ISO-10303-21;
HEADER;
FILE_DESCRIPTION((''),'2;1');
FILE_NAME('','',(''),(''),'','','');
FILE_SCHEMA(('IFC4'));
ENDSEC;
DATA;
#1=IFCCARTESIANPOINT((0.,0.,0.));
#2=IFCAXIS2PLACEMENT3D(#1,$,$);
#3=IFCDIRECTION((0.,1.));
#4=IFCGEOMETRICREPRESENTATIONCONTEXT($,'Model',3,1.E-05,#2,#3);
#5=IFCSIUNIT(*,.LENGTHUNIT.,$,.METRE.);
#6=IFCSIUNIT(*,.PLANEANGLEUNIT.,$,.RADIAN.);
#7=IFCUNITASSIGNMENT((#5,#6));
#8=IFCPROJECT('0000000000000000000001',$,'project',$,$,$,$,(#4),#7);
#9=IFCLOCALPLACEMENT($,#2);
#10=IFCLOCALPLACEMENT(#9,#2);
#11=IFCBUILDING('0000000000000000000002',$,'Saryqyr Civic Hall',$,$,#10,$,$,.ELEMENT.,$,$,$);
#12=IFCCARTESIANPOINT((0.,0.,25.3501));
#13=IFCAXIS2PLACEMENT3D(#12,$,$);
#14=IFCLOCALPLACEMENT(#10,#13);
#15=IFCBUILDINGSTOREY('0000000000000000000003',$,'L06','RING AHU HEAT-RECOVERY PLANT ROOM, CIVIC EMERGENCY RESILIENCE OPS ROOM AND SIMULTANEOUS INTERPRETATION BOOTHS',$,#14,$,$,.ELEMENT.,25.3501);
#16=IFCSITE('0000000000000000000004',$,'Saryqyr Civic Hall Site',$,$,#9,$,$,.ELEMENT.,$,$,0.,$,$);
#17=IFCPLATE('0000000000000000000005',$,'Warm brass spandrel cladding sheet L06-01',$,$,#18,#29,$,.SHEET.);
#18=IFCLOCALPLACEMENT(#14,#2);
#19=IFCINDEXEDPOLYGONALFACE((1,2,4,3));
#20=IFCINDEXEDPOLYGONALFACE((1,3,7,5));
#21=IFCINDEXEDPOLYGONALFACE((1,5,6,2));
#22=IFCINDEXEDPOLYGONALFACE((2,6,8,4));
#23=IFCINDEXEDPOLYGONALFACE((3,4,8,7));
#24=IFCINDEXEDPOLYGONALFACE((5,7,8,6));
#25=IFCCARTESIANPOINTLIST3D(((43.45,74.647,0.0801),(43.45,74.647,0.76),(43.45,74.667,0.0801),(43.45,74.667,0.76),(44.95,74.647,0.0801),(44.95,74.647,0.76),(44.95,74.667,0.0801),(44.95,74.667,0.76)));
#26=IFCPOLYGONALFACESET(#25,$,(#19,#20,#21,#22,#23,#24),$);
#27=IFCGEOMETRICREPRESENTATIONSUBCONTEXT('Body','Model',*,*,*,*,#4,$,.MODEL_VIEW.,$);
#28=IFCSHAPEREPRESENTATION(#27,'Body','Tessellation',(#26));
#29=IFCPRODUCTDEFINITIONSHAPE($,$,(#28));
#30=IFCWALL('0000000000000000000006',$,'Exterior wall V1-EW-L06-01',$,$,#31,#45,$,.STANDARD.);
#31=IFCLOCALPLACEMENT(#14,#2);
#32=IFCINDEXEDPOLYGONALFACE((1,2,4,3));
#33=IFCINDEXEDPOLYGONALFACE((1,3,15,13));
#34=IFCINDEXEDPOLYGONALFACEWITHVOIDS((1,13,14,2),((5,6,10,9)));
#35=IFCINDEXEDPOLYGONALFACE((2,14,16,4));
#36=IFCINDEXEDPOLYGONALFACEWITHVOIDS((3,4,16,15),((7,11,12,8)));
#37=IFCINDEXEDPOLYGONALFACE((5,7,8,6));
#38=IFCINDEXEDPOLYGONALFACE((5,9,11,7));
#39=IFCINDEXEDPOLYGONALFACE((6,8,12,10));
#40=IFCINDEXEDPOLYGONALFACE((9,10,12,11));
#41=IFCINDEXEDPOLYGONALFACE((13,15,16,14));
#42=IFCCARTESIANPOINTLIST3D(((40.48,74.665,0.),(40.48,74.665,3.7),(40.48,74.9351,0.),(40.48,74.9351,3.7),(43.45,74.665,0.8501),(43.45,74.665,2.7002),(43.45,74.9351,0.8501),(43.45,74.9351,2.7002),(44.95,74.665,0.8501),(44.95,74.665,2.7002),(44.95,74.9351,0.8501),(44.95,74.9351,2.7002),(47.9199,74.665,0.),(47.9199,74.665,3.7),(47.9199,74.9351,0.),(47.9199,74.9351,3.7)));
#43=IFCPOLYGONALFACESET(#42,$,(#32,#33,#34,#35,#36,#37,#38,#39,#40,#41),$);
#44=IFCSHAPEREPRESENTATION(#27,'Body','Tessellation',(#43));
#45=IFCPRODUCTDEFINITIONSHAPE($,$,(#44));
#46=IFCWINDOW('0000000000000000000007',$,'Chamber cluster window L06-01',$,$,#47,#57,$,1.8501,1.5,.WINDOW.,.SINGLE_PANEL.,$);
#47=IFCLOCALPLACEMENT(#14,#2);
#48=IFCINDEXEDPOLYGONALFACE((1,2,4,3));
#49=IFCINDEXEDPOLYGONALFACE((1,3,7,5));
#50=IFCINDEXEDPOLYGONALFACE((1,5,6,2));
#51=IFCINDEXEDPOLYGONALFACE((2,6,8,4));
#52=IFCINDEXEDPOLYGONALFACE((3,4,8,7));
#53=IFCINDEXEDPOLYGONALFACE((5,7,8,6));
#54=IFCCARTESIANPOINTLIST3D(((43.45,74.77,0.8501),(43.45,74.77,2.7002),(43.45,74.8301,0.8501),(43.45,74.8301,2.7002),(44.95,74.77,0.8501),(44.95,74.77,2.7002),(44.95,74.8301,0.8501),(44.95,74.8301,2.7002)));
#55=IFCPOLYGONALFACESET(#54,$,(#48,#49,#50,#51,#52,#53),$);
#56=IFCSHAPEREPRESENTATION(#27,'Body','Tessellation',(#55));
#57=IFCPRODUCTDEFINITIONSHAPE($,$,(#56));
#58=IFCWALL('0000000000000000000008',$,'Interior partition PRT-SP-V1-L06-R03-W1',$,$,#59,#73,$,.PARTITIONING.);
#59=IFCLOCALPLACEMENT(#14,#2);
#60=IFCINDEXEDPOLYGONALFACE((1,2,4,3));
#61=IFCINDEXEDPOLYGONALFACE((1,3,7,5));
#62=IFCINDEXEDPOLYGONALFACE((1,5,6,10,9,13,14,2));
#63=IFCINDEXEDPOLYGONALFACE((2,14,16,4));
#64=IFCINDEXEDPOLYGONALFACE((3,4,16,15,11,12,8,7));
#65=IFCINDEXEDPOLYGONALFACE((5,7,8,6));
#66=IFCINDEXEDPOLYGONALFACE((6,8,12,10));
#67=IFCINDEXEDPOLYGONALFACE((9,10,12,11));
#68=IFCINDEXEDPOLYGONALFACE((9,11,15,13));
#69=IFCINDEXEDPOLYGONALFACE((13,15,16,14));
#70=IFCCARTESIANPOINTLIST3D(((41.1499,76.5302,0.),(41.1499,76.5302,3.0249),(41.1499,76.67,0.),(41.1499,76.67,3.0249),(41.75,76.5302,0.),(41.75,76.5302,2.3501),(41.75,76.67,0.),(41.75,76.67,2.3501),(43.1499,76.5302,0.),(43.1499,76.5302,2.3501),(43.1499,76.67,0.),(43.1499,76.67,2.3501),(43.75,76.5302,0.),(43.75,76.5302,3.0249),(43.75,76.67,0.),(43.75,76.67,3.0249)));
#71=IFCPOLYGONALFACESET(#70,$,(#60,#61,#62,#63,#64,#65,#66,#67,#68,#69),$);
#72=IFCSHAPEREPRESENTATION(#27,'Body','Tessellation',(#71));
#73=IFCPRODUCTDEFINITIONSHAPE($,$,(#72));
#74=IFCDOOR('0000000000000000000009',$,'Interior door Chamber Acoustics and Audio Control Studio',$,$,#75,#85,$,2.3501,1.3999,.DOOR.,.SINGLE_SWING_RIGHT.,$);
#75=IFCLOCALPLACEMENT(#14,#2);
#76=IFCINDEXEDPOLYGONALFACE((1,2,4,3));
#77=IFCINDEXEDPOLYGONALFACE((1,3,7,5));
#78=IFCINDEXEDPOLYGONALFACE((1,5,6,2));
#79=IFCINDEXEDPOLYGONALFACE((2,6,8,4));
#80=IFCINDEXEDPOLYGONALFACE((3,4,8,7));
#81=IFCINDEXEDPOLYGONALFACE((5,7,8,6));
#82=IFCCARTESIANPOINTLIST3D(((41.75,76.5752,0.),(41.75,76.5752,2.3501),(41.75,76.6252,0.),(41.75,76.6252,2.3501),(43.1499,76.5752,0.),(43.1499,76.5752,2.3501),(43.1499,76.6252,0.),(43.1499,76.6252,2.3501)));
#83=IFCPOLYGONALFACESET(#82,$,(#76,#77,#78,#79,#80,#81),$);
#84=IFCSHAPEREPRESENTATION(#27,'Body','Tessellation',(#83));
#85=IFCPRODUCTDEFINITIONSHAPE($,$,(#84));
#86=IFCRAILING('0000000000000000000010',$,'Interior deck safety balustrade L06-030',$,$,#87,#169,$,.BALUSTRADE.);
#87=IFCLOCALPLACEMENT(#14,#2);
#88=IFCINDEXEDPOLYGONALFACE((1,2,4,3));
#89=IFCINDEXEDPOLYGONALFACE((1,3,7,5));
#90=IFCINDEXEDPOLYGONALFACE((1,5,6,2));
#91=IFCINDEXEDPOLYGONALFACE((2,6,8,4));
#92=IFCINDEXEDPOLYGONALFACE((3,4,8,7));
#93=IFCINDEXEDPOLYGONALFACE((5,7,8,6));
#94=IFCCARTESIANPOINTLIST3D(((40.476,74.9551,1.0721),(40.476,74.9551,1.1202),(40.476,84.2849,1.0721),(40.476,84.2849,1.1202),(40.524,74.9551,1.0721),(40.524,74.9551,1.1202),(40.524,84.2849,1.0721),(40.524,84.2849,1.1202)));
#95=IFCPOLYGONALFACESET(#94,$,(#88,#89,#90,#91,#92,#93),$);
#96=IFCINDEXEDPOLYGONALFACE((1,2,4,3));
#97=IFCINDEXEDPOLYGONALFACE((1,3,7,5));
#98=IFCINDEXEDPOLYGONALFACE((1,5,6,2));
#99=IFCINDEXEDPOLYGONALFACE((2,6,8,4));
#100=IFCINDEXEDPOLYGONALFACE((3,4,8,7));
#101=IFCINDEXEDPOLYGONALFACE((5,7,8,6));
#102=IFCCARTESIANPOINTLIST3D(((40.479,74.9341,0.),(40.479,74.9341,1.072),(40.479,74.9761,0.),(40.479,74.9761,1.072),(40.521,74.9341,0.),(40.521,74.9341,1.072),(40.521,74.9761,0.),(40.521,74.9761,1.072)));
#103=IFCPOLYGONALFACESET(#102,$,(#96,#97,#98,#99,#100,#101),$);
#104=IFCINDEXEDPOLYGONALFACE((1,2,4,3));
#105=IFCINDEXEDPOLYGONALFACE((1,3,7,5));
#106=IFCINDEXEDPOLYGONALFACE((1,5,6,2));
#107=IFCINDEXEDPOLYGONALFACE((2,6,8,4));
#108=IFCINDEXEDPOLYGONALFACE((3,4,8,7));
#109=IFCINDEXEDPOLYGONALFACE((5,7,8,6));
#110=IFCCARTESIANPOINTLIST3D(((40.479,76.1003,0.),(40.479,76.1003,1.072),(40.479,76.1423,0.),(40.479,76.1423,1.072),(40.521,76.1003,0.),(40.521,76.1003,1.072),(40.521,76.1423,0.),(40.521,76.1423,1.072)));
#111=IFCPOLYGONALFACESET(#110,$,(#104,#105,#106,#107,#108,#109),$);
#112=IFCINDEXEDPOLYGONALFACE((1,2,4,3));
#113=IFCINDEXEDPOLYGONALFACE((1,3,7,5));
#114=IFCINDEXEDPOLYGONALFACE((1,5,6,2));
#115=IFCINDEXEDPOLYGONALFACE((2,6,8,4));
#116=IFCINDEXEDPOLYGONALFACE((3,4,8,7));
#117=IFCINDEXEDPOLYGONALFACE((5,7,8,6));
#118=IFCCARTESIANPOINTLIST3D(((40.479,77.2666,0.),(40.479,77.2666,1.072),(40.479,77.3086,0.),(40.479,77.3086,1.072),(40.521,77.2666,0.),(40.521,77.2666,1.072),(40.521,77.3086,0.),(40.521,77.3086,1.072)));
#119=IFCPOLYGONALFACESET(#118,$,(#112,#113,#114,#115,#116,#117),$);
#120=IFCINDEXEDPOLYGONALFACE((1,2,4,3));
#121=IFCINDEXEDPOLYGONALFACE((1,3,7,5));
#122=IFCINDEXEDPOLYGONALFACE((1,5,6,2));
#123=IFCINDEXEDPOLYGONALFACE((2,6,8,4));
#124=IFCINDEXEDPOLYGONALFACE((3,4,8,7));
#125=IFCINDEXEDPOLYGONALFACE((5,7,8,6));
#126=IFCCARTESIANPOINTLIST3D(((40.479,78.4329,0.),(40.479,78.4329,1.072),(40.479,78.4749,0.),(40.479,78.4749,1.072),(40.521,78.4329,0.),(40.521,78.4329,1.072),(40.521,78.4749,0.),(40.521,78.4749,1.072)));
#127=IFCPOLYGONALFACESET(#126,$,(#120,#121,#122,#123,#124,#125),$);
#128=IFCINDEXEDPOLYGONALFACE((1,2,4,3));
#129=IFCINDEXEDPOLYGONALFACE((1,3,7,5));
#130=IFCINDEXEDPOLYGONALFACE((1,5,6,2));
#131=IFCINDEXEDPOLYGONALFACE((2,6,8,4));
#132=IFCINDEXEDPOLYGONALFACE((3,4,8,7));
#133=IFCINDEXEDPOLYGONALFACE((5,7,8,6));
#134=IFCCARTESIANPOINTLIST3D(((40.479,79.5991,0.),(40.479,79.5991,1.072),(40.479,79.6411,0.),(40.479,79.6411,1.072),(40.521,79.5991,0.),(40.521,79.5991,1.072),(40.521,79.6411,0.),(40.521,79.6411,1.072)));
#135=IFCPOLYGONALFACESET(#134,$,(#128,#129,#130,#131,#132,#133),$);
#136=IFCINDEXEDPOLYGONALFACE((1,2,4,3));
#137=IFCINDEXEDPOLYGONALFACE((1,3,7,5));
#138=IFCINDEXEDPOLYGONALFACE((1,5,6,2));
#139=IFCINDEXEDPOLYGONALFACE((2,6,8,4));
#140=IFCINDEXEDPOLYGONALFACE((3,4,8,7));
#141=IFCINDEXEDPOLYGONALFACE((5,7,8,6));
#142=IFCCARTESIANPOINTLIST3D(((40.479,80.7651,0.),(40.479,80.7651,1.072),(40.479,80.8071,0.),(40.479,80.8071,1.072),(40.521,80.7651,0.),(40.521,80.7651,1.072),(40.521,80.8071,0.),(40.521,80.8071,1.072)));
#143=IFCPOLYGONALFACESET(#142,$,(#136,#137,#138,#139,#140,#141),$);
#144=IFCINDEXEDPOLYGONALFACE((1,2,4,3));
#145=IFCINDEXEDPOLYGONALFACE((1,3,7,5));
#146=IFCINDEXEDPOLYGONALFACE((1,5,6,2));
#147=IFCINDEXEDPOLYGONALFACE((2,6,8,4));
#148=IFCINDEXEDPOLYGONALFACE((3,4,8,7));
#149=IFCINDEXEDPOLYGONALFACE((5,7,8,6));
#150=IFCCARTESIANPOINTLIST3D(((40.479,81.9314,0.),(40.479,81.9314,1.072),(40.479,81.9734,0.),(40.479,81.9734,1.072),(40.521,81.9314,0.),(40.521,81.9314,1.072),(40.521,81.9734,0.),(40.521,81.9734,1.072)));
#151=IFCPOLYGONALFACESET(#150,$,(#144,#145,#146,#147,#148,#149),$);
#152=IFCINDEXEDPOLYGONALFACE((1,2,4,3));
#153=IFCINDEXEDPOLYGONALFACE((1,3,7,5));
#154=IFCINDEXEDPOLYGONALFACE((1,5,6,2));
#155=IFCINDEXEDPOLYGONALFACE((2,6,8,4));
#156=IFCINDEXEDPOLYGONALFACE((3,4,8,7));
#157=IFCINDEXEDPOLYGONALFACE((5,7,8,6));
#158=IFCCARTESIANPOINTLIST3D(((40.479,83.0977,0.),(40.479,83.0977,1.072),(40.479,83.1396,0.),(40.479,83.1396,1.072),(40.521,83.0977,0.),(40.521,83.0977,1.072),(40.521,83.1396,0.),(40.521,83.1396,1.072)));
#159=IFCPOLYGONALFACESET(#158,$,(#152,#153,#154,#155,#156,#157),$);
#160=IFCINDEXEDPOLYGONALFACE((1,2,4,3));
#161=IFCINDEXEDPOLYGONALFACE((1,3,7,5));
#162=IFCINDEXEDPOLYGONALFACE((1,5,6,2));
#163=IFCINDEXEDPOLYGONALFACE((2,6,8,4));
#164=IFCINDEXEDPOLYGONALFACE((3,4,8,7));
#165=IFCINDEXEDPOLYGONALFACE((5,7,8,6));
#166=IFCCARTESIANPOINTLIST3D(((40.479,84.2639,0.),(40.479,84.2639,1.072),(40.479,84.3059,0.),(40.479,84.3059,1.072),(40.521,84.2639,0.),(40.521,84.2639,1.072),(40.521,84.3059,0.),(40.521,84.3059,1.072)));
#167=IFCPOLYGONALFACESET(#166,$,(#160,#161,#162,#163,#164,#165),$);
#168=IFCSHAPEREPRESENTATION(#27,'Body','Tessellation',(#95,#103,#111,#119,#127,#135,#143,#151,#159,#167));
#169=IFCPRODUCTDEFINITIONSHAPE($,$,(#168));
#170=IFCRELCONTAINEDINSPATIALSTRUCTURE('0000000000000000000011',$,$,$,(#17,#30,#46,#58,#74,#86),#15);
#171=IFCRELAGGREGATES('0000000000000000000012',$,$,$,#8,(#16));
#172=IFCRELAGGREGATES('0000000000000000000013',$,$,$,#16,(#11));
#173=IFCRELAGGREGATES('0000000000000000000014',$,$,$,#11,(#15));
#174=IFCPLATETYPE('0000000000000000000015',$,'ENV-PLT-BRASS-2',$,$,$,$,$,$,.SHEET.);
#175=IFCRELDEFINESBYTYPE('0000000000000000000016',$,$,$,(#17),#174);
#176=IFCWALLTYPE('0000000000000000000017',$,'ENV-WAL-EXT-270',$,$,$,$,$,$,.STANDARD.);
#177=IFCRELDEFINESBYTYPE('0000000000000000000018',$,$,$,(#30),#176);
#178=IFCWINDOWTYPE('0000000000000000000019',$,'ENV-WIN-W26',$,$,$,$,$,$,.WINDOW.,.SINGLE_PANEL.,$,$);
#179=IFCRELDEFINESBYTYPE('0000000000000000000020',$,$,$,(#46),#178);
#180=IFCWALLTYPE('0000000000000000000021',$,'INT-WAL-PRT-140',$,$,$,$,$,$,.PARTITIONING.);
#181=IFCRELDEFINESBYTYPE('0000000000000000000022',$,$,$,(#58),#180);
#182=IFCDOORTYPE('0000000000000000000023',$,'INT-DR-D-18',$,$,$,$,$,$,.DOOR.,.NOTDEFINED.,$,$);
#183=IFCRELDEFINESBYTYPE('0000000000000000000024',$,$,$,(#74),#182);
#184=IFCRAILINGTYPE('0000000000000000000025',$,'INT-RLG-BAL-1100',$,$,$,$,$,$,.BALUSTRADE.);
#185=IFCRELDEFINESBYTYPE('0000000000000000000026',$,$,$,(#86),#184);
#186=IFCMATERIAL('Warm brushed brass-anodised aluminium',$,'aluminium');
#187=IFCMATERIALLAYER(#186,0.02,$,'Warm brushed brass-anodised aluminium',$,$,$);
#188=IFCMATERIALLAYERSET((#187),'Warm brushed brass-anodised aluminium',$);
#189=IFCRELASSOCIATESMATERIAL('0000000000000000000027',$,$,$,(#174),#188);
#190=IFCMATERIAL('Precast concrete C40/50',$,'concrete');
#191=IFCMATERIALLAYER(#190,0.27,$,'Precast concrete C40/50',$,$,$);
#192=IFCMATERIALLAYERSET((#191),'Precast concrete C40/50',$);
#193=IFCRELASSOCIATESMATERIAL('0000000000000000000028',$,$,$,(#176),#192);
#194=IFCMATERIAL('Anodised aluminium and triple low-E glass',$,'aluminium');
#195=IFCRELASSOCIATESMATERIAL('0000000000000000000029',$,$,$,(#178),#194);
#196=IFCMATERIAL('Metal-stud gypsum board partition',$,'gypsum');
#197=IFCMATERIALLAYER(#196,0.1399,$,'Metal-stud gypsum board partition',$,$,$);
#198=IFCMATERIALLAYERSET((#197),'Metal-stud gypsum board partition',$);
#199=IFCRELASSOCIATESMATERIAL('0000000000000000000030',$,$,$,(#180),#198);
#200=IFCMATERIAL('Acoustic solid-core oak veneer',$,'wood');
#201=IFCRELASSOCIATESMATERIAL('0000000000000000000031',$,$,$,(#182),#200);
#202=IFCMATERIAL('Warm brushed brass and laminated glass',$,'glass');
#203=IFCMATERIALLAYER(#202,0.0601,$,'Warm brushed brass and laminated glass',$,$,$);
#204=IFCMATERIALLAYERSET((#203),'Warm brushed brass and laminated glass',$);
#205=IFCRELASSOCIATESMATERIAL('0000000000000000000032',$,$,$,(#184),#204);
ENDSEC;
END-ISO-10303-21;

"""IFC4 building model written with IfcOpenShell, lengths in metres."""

from ifc_helpers import new_model, si_unit, direction, frame, frame_2d, origin, origin_2d, place, context, subcontext, project, spatial, rectangle, extrude, material, layer, layer_set, type_object, element, fill, save


model = new_model("IFC4")

# Units and contexts
model_context = context("Model", 3, precision=1e-05, world=origin(), true_north=direction((0.0, 1.0)))
body_context = subcontext(model_context, "Body", "Model", "MODEL_VIEW")
ifc_project = project(units=[si_unit("LENGTHUNIT", "METRE"), si_unit("PLANEANGLEUNIT", "RADIAN")], contexts=[model_context])

# Site, building, storey
site_placement = place(None, origin())
site = spatial("IfcSite", under=ifc_project, at=site_placement, Name="Saryqyr Civic Hall Site", CompositionType="ELEMENT", RefElevation=0.0)
building_placement = place(site_placement, origin())
building = spatial("IfcBuilding", under=site, at=building_placement, Name="Saryqyr Civic Hall", CompositionType="ELEMENT")
storey_placement = place(building_placement, frame((0.0, 0.0, 25.3501)))
storey = spatial("IfcBuildingStorey", under=building, at=storey_placement, Name="L06", Description="RING AHU HEAT-RECOVERY PLANT ROOM, CIVIC EMERGENCY RESILIENCE OPS ROOM AND SIMULTANEOUS INTERPRETATION BOOTHS", CompositionType="ELEMENT", Elevation=25.3501)

# Plate
ifc_material_1 = material(Name="Warm brushed brass-anodised aluminium", Category="aluminium")
ifc_layer_1 = layer(ifc_material_1, 0.02, Name="Warm brushed brass-anodised aluminium")
ifc_layer_set_1 = layer_set([ifc_layer_1], Name="Warm brushed brass-anodised aluminium")
plate_type_1 = type_object("IfcPlateType", Name="ENV-PLT-BRASS-2", PredefinedType="SHEET", material=ifc_layer_set_1)
plate_1_placement = place(storey_placement, frame((44.2, 74.657, 0.0801), z_axis=(0.0, 0.0, 1.0), x_axis=(-1.0, 0.0, 0.0)))
element("IfcPlate", 1, at=plate_1_placement, inside=storey, type_object=plate_type_1, Name="Warm brass spandrel cladding sheet L06-01", PredefinedType="SHEET", context=body_context, shape_type="SweptSolid", body=[
    extrude(rectangle(XDim=1.5, YDim=0.02, at=origin_2d()), origin(), (0.0, 0.0, 1.0), 0.6799),
])

# Wall, opening, window
ifc_material_2 = material(Name="Precast concrete C40/50", Category="concrete")
ifc_layer_2 = layer(ifc_material_2, 0.27, Name="Precast concrete C40/50")
ifc_layer_set_2 = layer_set([ifc_layer_2], Name="Precast concrete C40/50")
wall_type_1 = type_object("IfcWallType", Name="ENV-WAL-EXT-270", PredefinedType="STANDARD", material=ifc_layer_set_2)
wall_1_placement = place(storey_placement, frame((47.9199, 74.8, 0.0), z_axis=(0.0, 0.0, 1.0), x_axis=(-1.0, 0.0, 0.0)))
wall_1 = element("IfcWall", 2, at=wall_1_placement, inside=storey, type_object=wall_type_1, Name="Exterior wall V1-EW-L06-01", PredefinedType="STANDARD", context=body_context, shape_type="SweptSolid", body=[
    extrude(rectangle(XDim=7.4399, YDim=0.27, at=frame_2d((3.72, 0.0))), origin(), (0.0, 0.0, 1.0), 3.7),
])
opening_1_placement = place(wall_1_placement, frame((2.97, 0.0, 0.8501)))
opening_1 = element("IfcOpeningElement", 3, at=opening_1_placement, cuts=wall_1, PredefinedType="OPENING", context=body_context, shape_type="SweptSolid", body=[
    extrude(rectangle(XDim=1.5, YDim=1.8501, at=frame_2d((0.75, 0.925))), frame((0.0, 0.145, 0.0), z_axis=(0.0, -1.0, 0.0), x_axis=(1.0, 0.0, 0.0)), (0.0, 0.0, 1.0), 0.29),
])
ifc_material_3 = material(Name="Anodised aluminium and triple low-E glass", Category="aluminium")
window_type = type_object("IfcWindowType", Name="ENV-WIN-W26", PartitioningType="SINGLE_PANEL", PredefinedType="WINDOW", material=ifc_material_3)
window_placement = place(opening_1_placement, origin())
window = element("IfcWindow", 4, at=window_placement, inside=storey, type_object=window_type, Name="Chamber cluster window L06-01", OverallHeight=1.8501, OverallWidth=1.5, PartitioningType="SINGLE_PANEL", PredefinedType="WINDOW", context=body_context, shape_type="SweptSolid", body=[
    extrude(rectangle(XDim=1.5, YDim=1.8501, at=frame_2d((0.75, 0.925))), frame((0.0, 0.03, 0.0), z_axis=(0.0, -1.0, 0.0), x_axis=(1.0, 0.0, 0.0)), (0.0, 0.0, 1.0), 0.0601),
])
fill(opening_1, window)

# Wall, opening, door
ifc_material_4 = material(Name="Metal-stud gypsum board partition", Category="gypsum")
ifc_layer_3 = layer(ifc_material_4, 0.1399, Name="Metal-stud gypsum board partition")
ifc_layer_set_3 = layer_set([ifc_layer_3], Name="Metal-stud gypsum board partition")
wall_type_2 = type_object("IfcWallType", Name="INT-WAL-PRT-140", PredefinedType="PARTITIONING", material=ifc_layer_set_3)
wall_2_placement = place(storey_placement, frame((43.75, 76.6001, 0.0), z_axis=(0.0, 0.0, 1.0), x_axis=(-1.0, 0.0, 0.0)))
wall_2 = element("IfcWall", 5, at=wall_2_placement, inside=storey, type_object=wall_type_2, Name="Interior partition PRT-SP-V1-L06-R03-W1", PredefinedType="PARTITIONING", context=body_context, shape_type="SweptSolid", body=[
    extrude(rectangle(XDim=2.6001, YDim=0.1399, at=frame_2d((1.3, 0.0))), origin(), (0.0, 0.0, 1.0), 3.0249),
])
opening_2_placement = place(wall_2_placement, frame((0.6001, 0.0, 0.0)))
opening_2 = element("IfcOpeningElement", 6, at=opening_2_placement, cuts=wall_2, PredefinedType="OPENING", context=body_context, shape_type="SweptSolid", body=[
    extrude(rectangle(XDim=1.3999, YDim=2.3501, at=frame_2d((0.7, 1.175))), frame((0.0, 0.0798, 0.0), z_axis=(0.0, -1.0, 0.0), x_axis=(1.0, 0.0, 0.0)), (0.0, 0.0, 1.0), 0.1599),
])
ifc_material_5 = material(Name="Acoustic solid-core oak veneer", Category="wood")
door_type = type_object("IfcDoorType", Name="INT-DR-D-18", OperationType="NOTDEFINED", PredefinedType="DOOR", material=ifc_material_5)
door_placement = place(opening_2_placement, origin())
door = element("IfcDoor", 7, at=door_placement, inside=storey, type_object=door_type, Name="Interior door Chamber Acoustics and Audio Control Studio", OperationType="SINGLE_SWING_RIGHT", OverallHeight=2.3501, OverallWidth=1.3999, PredefinedType="DOOR", context=body_context, shape_type="SweptSolid", body=[
    extrude(rectangle(XDim=1.3999, YDim=2.3501, at=frame_2d((0.7, 1.175))), frame((0.0, 0.0249, 0.0), z_axis=(0.0, -1.0, 0.0), x_axis=(1.0, 0.0, 0.0)), (0.0, 0.0, 1.0), 0.05),
])
fill(opening_2, door)

# Railing
ifc_material_6 = material(Name="Warm brushed brass and laminated glass", Category="glass")
ifc_layer_4 = layer(ifc_material_6, 0.0601, Name="Warm brushed brass and laminated glass")
ifc_layer_set_4 = layer_set([ifc_layer_4], Name="Warm brushed brass and laminated glass")
railing_type = type_object("IfcRailingType", Name="INT-RLG-BAL-1100", PredefinedType="BALUSTRADE", material=ifc_layer_set_4)
railing_placement = place(storey_placement, frame((40.5, 74.9551, 0.0)))
element("IfcRailing", 8, at=railing_placement, inside=storey, type_object=railing_type, Name="Interior deck safety balustrade L06-030", PredefinedType="BALUSTRADE", context=body_context, shape_type="SweptSolid", body=[
    extrude(rectangle(XDim=0.0481, YDim=0.0481, at=origin_2d()), frame((0.0, 0.0, 1.0962), z_axis=(0.0, 1.0, 0.0), x_axis=(-1.0, 0.0, 0.0)), (0.0, 0.0, 1.0), 9.3298),
    extrude(rectangle(XDim=0.042, YDim=0.042, at=origin_2d()), origin(), (0.0, 0.0, 1.0), 1.072),
    extrude(rectangle(XDim=0.042, YDim=0.042, at=origin_2d()), frame((0.0, 1.1663, 0.0)), (0.0, 0.0, 1.0), 1.072),
    extrude(rectangle(XDim=0.042, YDim=0.042, at=origin_2d()), frame((0.0, 2.3325, 0.0)), (0.0, 0.0, 1.0), 1.072),
    extrude(rectangle(XDim=0.042, YDim=0.042, at=origin_2d()), frame((0.0, 3.4988, 0.0)), (0.0, 0.0, 1.0), 1.072),
    extrude(rectangle(XDim=0.042, YDim=0.042, at=origin_2d()), frame((0.0, 4.665, 0.0)), (0.0, 0.0, 1.0), 1.072),
    extrude(rectangle(XDim=0.042, YDim=0.042, at=origin_2d()), frame((0.0, 5.8311, 0.0)), (0.0, 0.0, 1.0), 1.072),
    extrude(rectangle(XDim=0.042, YDim=0.042, at=origin_2d()), frame((0.0, 6.9973, 0.0)), (0.0, 0.0, 1.0), 1.072),
    extrude(rectangle(XDim=0.042, YDim=0.042, at=origin_2d()), frame((0.0, 8.1636, 0.0)), (0.0, 0.0, 1.0), 1.072),
    extrude(rectangle(XDim=0.042, YDim=0.042, at=origin_2d()), frame((0.0, 9.3298, 0.0)), (0.0, 0.0, 1.0), 1.072),
])

save(model, "model.ifc")
